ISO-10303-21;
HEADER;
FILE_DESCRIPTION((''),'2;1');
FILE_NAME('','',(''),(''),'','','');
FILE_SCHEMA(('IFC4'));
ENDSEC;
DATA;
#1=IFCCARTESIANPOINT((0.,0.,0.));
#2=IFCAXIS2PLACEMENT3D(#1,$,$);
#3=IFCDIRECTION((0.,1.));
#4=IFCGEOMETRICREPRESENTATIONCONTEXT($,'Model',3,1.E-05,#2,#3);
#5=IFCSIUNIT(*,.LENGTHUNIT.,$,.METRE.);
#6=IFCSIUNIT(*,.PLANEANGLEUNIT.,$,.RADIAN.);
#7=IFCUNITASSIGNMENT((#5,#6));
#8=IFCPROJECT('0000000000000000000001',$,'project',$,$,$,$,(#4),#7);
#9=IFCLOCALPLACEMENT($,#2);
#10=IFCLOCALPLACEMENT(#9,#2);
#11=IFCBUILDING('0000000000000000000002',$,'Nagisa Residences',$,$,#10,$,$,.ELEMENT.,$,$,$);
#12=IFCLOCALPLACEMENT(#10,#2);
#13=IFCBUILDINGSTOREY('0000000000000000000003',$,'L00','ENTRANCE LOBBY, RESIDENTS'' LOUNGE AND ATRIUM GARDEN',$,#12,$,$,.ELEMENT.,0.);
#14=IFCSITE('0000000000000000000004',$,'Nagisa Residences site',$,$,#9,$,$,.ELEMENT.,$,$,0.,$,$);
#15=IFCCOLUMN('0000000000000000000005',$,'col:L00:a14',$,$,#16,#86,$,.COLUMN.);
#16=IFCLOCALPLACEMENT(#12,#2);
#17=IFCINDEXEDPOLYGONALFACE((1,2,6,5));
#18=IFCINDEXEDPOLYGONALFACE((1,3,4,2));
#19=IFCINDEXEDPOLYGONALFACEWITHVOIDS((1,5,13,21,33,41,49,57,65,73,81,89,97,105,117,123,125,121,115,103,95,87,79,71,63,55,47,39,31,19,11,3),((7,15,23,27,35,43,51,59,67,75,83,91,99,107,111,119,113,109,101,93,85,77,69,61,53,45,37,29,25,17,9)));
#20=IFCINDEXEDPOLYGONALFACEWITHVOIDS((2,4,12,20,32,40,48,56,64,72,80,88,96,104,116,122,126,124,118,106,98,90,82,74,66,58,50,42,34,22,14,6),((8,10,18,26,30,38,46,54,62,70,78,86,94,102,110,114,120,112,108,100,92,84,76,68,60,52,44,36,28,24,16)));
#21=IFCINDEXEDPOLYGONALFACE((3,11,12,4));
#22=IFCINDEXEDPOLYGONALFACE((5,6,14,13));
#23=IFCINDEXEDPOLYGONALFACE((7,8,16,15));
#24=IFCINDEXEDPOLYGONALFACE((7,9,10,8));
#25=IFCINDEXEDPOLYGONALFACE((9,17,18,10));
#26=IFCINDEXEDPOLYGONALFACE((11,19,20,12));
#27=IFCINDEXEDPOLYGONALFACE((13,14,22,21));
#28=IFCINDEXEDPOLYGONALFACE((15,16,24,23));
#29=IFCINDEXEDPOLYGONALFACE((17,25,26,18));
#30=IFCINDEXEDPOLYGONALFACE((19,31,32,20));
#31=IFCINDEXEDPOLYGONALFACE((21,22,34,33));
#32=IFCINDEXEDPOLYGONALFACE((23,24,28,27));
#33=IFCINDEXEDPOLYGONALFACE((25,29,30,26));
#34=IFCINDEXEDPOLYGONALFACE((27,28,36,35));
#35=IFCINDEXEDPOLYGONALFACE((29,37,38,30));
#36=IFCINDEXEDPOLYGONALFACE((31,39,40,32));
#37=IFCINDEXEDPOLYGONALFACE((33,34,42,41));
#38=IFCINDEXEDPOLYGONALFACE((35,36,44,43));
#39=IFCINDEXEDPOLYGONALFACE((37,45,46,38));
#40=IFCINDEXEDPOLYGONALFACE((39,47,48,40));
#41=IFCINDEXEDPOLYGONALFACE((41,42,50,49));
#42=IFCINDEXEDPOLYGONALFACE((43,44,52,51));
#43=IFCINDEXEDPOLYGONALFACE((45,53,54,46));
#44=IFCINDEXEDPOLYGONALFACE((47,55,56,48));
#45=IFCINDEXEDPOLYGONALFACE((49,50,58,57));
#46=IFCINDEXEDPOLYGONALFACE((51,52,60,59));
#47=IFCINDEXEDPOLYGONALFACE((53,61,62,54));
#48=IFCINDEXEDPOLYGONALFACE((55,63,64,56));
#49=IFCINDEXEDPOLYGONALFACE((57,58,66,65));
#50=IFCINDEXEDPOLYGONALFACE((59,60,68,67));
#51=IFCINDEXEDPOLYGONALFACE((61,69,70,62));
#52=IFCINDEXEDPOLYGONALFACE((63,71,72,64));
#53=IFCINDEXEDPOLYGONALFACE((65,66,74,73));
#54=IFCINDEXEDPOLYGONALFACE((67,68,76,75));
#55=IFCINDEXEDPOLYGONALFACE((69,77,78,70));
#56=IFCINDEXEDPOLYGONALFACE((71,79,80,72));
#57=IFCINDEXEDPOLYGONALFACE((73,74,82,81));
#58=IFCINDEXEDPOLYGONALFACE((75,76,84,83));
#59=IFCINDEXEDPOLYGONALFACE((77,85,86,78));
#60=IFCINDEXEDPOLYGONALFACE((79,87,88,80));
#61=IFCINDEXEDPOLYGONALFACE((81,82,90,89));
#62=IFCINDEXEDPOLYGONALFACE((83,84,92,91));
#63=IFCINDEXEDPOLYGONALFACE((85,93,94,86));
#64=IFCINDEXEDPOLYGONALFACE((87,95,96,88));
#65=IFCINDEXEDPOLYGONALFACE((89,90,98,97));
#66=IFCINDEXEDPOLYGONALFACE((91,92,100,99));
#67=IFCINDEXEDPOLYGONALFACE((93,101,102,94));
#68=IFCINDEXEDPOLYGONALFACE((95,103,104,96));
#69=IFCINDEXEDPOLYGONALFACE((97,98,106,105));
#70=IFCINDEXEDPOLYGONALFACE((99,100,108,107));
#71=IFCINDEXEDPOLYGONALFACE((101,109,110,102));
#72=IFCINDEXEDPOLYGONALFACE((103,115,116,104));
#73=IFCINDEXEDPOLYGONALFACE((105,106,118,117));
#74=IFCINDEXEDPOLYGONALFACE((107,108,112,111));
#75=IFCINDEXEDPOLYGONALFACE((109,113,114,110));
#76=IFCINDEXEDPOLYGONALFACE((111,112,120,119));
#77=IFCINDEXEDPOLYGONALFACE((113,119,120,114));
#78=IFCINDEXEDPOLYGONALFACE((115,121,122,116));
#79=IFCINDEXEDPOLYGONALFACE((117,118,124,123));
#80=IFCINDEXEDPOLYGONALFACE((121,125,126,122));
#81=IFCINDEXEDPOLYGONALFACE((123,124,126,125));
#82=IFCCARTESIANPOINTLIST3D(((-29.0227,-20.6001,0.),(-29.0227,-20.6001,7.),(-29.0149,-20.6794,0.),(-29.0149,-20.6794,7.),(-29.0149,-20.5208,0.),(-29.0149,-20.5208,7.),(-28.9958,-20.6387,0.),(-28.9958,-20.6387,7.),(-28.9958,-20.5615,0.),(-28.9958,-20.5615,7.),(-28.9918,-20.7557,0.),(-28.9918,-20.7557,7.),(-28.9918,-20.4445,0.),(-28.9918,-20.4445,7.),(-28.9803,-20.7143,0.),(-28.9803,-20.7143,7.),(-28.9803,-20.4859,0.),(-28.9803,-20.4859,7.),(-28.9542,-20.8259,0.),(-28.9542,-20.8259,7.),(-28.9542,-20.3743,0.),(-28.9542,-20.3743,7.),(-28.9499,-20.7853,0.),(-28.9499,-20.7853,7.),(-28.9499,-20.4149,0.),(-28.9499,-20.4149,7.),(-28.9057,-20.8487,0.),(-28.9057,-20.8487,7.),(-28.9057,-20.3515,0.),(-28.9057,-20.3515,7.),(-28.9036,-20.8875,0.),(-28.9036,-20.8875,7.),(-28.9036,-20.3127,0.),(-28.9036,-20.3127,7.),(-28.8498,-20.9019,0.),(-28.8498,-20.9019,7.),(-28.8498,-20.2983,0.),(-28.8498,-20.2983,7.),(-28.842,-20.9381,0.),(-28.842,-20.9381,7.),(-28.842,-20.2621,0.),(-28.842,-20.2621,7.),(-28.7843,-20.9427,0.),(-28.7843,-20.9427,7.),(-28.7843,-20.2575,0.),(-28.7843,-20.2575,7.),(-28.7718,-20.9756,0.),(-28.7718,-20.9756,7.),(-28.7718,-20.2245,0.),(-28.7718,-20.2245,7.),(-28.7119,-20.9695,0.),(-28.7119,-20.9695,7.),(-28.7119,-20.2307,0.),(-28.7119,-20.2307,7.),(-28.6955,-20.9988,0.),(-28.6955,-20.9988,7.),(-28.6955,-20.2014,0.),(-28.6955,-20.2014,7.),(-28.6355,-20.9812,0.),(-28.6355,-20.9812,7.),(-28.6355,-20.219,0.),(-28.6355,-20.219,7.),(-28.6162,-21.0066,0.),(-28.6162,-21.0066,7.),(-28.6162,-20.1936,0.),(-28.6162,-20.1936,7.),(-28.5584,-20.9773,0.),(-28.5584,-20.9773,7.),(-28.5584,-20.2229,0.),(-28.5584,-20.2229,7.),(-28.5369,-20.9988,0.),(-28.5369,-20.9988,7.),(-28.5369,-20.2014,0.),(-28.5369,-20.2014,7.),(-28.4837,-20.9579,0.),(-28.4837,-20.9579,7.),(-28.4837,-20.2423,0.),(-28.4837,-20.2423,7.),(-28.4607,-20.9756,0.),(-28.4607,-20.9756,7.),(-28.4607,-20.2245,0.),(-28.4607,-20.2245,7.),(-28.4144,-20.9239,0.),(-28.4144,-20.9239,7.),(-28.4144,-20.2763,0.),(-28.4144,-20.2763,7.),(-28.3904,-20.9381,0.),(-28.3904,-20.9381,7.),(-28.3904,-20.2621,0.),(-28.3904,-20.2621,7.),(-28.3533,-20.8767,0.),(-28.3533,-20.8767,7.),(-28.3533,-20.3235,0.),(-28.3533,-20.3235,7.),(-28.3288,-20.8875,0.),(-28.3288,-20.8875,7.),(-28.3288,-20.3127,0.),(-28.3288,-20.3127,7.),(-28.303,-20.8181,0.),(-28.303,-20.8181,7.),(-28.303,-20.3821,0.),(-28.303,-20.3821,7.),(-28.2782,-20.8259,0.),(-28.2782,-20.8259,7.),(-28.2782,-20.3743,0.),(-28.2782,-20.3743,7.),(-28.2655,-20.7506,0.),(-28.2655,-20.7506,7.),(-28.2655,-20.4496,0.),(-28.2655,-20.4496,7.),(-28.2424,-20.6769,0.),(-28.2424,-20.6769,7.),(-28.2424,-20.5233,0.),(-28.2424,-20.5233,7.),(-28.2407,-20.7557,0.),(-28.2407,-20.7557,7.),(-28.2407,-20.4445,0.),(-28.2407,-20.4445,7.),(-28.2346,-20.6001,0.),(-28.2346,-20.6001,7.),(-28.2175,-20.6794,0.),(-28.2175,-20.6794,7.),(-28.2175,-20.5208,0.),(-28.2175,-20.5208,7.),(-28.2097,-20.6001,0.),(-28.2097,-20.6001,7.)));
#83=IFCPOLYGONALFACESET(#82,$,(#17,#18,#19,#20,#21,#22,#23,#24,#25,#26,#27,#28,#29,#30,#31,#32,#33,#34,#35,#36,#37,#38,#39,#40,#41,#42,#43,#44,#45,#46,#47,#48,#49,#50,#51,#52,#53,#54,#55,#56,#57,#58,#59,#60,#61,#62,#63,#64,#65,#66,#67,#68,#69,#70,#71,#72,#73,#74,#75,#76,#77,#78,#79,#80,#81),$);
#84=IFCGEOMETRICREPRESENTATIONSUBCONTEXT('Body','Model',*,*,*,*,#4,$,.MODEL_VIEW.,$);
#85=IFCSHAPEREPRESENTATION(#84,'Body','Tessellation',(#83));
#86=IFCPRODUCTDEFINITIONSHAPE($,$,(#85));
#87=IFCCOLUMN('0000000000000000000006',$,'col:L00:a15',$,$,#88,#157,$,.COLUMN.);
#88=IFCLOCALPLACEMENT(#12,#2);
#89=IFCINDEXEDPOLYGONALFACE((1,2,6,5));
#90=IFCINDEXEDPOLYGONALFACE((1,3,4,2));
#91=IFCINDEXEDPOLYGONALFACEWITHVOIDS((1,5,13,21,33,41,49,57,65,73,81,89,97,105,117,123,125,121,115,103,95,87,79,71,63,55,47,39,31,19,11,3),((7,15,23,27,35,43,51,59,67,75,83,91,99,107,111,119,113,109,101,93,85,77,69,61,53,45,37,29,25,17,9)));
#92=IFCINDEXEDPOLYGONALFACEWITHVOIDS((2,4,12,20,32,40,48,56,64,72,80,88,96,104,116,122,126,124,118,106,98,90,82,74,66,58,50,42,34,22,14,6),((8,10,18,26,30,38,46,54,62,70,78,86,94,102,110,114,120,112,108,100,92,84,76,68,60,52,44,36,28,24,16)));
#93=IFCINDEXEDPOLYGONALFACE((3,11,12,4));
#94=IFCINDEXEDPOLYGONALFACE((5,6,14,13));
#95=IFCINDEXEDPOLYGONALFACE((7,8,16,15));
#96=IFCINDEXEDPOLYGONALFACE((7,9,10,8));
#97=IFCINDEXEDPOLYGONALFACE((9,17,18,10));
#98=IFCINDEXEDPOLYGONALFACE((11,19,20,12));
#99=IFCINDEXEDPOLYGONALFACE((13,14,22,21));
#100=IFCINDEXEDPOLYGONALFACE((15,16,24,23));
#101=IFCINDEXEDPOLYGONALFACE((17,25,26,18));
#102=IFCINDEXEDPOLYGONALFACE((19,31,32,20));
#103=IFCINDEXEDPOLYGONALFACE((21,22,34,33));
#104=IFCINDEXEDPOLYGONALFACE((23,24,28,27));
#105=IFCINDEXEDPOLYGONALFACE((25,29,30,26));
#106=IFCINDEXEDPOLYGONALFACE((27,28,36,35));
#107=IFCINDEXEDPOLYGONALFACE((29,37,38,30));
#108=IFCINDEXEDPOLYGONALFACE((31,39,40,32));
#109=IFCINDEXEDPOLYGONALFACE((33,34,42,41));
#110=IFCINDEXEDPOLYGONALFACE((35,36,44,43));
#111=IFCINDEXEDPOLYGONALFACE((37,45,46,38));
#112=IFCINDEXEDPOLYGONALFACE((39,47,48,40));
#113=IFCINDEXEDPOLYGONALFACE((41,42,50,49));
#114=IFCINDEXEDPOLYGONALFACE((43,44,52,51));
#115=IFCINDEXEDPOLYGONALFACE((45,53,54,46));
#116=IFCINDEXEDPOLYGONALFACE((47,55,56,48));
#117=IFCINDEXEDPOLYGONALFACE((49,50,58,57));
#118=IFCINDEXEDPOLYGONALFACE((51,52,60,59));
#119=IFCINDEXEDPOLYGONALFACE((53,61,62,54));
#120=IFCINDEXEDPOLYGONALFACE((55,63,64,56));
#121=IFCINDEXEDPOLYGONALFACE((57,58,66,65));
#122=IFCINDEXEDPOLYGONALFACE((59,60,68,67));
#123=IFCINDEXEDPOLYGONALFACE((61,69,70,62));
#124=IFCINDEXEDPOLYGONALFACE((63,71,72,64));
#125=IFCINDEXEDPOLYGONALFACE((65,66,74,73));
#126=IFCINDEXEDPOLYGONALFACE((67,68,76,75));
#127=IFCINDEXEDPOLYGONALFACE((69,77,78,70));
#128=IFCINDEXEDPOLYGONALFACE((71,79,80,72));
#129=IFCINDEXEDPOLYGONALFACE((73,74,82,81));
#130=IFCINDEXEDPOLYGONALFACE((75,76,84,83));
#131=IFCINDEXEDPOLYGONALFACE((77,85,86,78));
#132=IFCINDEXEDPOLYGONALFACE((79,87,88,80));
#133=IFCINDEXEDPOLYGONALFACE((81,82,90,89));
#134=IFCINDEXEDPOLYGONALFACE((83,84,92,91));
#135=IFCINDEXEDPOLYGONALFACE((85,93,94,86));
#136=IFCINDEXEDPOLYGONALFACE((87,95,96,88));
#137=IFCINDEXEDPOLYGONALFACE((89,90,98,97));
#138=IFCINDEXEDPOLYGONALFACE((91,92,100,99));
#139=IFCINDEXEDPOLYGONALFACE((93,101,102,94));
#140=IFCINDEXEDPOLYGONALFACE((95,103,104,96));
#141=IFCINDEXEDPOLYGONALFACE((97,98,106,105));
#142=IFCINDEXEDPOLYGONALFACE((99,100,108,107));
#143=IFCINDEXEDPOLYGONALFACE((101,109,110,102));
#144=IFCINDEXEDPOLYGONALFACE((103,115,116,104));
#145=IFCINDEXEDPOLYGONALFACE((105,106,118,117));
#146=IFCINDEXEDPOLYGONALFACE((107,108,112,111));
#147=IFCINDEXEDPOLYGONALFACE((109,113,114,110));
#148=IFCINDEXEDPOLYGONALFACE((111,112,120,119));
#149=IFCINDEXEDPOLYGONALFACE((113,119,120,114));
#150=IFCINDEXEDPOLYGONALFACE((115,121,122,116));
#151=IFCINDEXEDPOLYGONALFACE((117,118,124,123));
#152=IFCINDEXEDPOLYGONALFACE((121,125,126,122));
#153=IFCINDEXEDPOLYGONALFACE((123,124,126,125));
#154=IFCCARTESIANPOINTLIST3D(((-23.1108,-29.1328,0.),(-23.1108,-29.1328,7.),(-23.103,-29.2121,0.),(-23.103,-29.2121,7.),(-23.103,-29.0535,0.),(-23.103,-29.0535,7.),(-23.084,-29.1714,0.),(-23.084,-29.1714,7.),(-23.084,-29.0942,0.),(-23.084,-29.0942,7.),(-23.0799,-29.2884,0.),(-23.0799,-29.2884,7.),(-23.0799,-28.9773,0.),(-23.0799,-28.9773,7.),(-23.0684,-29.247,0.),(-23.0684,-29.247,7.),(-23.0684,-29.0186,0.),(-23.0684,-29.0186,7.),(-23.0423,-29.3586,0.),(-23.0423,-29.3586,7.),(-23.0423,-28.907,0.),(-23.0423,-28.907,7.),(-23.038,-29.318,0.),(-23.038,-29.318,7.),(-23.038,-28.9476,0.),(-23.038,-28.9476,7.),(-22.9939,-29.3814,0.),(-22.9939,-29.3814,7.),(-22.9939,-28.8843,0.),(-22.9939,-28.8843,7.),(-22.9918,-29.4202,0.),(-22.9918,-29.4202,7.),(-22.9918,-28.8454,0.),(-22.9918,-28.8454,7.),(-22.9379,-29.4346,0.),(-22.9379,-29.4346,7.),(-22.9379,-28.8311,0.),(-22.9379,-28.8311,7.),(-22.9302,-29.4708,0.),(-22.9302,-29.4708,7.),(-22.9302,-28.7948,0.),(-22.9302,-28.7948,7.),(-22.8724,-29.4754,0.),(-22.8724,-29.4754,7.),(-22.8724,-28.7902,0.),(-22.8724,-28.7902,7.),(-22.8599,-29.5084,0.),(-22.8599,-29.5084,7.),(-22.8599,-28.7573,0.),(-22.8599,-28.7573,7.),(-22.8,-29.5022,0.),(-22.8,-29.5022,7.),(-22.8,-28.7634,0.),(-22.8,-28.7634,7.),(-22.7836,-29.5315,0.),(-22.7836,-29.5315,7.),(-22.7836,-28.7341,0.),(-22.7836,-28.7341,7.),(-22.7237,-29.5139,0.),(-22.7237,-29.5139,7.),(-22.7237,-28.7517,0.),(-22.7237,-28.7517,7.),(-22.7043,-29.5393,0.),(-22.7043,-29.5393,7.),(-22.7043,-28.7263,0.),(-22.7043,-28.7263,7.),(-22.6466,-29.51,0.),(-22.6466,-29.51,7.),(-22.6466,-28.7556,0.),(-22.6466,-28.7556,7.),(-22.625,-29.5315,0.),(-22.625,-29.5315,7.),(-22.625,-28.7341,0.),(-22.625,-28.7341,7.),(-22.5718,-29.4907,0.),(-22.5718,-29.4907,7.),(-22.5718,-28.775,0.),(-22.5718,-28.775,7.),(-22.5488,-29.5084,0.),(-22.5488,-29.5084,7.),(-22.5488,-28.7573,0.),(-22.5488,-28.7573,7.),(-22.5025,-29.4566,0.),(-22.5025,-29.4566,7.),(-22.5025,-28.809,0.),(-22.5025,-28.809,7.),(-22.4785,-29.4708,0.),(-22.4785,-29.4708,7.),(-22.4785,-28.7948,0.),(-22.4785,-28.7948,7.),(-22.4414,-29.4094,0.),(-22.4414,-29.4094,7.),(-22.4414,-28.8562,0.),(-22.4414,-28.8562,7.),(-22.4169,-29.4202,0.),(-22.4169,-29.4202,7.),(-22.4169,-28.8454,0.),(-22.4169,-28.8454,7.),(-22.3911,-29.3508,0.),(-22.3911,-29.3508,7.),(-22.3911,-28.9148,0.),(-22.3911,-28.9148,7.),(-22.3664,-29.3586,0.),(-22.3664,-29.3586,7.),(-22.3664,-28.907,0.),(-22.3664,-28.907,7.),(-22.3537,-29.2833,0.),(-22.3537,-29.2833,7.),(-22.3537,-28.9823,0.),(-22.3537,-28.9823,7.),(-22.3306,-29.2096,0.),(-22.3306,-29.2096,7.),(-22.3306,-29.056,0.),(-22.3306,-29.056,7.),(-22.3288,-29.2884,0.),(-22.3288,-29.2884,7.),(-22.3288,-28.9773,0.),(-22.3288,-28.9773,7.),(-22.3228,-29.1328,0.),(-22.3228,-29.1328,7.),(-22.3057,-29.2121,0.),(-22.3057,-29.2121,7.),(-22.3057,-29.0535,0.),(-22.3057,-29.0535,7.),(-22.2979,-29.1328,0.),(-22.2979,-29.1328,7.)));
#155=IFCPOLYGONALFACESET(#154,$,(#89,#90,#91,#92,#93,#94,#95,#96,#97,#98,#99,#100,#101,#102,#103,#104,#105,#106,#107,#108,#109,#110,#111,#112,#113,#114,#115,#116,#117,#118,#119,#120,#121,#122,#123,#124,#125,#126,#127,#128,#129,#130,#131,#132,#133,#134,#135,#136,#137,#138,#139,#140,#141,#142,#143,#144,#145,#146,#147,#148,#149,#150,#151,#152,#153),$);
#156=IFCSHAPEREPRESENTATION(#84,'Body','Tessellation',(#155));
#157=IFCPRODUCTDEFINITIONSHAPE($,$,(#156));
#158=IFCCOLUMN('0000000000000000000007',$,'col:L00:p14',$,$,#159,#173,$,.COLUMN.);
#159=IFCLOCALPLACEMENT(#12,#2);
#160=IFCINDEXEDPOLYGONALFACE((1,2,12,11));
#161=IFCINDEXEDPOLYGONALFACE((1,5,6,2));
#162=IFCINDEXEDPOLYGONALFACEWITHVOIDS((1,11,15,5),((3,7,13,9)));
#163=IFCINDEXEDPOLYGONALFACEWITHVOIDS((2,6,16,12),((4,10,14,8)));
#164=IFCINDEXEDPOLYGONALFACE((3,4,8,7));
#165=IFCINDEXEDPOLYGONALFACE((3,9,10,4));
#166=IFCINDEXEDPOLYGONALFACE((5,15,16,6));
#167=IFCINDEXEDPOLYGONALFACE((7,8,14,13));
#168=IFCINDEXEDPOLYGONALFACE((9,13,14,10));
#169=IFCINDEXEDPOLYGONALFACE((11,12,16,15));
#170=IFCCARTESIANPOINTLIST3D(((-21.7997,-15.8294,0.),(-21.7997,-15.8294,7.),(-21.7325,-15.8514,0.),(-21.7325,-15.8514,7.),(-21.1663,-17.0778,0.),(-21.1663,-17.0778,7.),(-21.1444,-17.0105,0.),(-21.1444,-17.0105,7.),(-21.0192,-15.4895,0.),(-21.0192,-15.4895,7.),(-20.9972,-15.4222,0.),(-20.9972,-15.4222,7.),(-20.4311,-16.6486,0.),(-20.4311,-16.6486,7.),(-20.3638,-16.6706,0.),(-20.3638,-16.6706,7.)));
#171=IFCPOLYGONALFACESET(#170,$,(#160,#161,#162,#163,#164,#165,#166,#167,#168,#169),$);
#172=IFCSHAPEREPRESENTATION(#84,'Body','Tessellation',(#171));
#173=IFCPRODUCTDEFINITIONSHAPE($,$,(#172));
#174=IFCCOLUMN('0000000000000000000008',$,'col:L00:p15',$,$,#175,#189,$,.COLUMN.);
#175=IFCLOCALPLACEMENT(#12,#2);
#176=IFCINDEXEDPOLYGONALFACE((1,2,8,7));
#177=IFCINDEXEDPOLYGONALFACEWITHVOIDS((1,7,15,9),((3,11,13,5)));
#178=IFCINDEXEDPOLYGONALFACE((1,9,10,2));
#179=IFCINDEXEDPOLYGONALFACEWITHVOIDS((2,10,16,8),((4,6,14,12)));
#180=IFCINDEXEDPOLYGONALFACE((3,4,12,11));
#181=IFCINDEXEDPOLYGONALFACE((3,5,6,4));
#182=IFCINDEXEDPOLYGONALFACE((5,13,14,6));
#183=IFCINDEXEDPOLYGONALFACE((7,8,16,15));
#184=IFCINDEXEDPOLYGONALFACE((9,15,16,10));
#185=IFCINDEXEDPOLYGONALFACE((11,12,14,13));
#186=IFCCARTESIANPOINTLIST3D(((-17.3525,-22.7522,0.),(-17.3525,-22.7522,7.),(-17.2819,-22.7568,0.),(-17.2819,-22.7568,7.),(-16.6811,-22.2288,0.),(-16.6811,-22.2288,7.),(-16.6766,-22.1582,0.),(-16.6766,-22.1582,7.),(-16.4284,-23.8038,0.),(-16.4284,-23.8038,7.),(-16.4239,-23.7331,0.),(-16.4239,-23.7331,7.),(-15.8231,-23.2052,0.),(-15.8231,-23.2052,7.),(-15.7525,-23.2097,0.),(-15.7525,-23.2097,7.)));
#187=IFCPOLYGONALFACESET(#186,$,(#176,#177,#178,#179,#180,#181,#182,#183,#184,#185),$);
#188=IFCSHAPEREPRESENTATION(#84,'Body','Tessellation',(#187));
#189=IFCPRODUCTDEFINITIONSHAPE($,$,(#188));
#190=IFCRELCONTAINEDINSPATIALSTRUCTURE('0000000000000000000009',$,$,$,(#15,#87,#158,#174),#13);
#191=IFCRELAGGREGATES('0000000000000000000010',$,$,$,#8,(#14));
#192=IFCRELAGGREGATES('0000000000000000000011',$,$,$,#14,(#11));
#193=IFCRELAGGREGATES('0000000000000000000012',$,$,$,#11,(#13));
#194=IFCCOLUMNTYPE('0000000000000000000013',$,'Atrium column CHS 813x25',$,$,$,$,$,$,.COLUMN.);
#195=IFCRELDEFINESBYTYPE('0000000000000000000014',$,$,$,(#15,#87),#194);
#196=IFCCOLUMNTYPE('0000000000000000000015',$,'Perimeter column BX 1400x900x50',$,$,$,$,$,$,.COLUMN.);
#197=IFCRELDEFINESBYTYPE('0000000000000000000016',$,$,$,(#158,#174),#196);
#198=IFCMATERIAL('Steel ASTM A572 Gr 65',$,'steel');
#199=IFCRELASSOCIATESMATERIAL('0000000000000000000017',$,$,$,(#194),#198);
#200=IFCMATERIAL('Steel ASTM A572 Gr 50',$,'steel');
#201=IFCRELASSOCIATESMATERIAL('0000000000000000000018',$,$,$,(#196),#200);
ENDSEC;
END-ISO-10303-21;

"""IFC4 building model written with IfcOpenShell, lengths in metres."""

from ifc_helpers import new_model, si_unit, direction, frame, origin, origin_2d, place, context, subcontext, project, spatial, hollow_rectangle, hollow_circle, extrude, material, material_profile, profile_set, type_object, element, save


model = new_model("IFC4")

# Units and contexts
model_context = context("Model", 3, precision=1e-05, world=origin(), true_north=direction((0.0, 1.0)))
body_context = subcontext(model_context, "Body", "Model", "MODEL_VIEW")
ifc_project = project(units=[si_unit("LENGTHUNIT", "METRE"), si_unit("PLANEANGLEUNIT", "RADIAN")], contexts=[model_context])

# Site, building, storey
site_placement = place(None, origin())
site = spatial("IfcSite", under=ifc_project, at=site_placement, Name="Nagisa Residences site", CompositionType="ELEMENT", RefElevation=0.0)
building_placement = place(site_placement, origin())
building = spatial("IfcBuilding", under=site, at=building_placement, Name="Nagisa Residences", CompositionType="ELEMENT")
storey_placement = place(building_placement, origin())
storey = spatial("IfcBuildingStorey", under=building, at=storey_placement, Name="L00", Description="ENTRANCE LOBBY, RESIDENTS' LOUNGE AND ATRIUM GARDEN", CompositionType="ELEMENT", Elevation=0.0)

# Columns
ifc_material_1 = material(Name="Steel ASTM A572 Gr 65", Category="steel")
ifc_material_profile_1 = material_profile(ifc_material_1, hollow_circle(Radius=0.4065, WallThickness=0.0249, at=origin_2d()), Name="CHS 813x25")
ifc_profile_set_1 = profile_set([ifc_material_profile_1], Name="Steel ASTM A572 Gr 65")
column_type_1 = type_object("IfcColumnType", Name="Atrium column CHS 813x25", PredefinedType="COLUMN", material=ifc_profile_set_1)
for number, where, z_axis, x_axis, name in (
    (1, (-28.6162, -20.6001, 0.0), (0.0, 0.0, 1.0), (1.0, 0.0, 0.0), "col:L00:a14"),
    (2, (-22.7043, -29.1328, 0.0), (0.0, 0.0, 1.0), (1.0, 0.0, 0.0), "col:L00:a15"),
):
    element("IfcColumn", number, at=place(storey_placement, frame(where, z_axis=z_axis, x_axis=x_axis)), inside=storey, type_object=column_type_1, Name=name, PredefinedType="COLUMN", context=body_context, shape_type="SweptSolid", body=[
        extrude(hollow_circle(Radius=0.4065, WallThickness=0.0249, at=origin_2d()), origin(), (0.0, 0.0, 1.0), 7.0),
    ])
ifc_material_2 = material(Name="Steel ASTM A572 Gr 50", Category="steel")
ifc_material_profile_2 = material_profile(ifc_material_2, hollow_rectangle(XDim=1.3999, YDim=0.8999, WallThickness=0.05, at=origin_2d()), Name="BX 1400x900x50")
ifc_profile_set_2 = profile_set([ifc_material_profile_2], Name="Steel ASTM A572 Gr 50")
column_type_2 = type_object("IfcColumnType", Name="Perimeter column BX 1400x900x50", PredefinedType="COLUMN", material=ifc_profile_set_2)
for number, where, z_axis, x_axis, name in (
    (3, (-21.0818, -16.25, 0.0), (0.0, 0.0, 1.0), (0.452463, -0.891783, 0.0), "col:L00:p14"),
    (4, (-16.5525, -22.981, 0.0), (0.0, 0.0, 1.0), (0.660115, -0.751165, 0.0), "col:L00:p15"),
):
    element("IfcColumn", number, at=place(storey_placement, frame(where, z_axis=z_axis, x_axis=x_axis)), inside=storey, type_object=column_type_2, Name=name, PredefinedType="COLUMN", context=body_context, shape_type="SweptSolid", body=[
        extrude(hollow_rectangle(XDim=1.3999, YDim=0.8999, WallThickness=0.05, at=origin_2d()), origin(), (0.0, 0.0, 1.0), 7.0),
    ])

save(model, "model.ifc")
